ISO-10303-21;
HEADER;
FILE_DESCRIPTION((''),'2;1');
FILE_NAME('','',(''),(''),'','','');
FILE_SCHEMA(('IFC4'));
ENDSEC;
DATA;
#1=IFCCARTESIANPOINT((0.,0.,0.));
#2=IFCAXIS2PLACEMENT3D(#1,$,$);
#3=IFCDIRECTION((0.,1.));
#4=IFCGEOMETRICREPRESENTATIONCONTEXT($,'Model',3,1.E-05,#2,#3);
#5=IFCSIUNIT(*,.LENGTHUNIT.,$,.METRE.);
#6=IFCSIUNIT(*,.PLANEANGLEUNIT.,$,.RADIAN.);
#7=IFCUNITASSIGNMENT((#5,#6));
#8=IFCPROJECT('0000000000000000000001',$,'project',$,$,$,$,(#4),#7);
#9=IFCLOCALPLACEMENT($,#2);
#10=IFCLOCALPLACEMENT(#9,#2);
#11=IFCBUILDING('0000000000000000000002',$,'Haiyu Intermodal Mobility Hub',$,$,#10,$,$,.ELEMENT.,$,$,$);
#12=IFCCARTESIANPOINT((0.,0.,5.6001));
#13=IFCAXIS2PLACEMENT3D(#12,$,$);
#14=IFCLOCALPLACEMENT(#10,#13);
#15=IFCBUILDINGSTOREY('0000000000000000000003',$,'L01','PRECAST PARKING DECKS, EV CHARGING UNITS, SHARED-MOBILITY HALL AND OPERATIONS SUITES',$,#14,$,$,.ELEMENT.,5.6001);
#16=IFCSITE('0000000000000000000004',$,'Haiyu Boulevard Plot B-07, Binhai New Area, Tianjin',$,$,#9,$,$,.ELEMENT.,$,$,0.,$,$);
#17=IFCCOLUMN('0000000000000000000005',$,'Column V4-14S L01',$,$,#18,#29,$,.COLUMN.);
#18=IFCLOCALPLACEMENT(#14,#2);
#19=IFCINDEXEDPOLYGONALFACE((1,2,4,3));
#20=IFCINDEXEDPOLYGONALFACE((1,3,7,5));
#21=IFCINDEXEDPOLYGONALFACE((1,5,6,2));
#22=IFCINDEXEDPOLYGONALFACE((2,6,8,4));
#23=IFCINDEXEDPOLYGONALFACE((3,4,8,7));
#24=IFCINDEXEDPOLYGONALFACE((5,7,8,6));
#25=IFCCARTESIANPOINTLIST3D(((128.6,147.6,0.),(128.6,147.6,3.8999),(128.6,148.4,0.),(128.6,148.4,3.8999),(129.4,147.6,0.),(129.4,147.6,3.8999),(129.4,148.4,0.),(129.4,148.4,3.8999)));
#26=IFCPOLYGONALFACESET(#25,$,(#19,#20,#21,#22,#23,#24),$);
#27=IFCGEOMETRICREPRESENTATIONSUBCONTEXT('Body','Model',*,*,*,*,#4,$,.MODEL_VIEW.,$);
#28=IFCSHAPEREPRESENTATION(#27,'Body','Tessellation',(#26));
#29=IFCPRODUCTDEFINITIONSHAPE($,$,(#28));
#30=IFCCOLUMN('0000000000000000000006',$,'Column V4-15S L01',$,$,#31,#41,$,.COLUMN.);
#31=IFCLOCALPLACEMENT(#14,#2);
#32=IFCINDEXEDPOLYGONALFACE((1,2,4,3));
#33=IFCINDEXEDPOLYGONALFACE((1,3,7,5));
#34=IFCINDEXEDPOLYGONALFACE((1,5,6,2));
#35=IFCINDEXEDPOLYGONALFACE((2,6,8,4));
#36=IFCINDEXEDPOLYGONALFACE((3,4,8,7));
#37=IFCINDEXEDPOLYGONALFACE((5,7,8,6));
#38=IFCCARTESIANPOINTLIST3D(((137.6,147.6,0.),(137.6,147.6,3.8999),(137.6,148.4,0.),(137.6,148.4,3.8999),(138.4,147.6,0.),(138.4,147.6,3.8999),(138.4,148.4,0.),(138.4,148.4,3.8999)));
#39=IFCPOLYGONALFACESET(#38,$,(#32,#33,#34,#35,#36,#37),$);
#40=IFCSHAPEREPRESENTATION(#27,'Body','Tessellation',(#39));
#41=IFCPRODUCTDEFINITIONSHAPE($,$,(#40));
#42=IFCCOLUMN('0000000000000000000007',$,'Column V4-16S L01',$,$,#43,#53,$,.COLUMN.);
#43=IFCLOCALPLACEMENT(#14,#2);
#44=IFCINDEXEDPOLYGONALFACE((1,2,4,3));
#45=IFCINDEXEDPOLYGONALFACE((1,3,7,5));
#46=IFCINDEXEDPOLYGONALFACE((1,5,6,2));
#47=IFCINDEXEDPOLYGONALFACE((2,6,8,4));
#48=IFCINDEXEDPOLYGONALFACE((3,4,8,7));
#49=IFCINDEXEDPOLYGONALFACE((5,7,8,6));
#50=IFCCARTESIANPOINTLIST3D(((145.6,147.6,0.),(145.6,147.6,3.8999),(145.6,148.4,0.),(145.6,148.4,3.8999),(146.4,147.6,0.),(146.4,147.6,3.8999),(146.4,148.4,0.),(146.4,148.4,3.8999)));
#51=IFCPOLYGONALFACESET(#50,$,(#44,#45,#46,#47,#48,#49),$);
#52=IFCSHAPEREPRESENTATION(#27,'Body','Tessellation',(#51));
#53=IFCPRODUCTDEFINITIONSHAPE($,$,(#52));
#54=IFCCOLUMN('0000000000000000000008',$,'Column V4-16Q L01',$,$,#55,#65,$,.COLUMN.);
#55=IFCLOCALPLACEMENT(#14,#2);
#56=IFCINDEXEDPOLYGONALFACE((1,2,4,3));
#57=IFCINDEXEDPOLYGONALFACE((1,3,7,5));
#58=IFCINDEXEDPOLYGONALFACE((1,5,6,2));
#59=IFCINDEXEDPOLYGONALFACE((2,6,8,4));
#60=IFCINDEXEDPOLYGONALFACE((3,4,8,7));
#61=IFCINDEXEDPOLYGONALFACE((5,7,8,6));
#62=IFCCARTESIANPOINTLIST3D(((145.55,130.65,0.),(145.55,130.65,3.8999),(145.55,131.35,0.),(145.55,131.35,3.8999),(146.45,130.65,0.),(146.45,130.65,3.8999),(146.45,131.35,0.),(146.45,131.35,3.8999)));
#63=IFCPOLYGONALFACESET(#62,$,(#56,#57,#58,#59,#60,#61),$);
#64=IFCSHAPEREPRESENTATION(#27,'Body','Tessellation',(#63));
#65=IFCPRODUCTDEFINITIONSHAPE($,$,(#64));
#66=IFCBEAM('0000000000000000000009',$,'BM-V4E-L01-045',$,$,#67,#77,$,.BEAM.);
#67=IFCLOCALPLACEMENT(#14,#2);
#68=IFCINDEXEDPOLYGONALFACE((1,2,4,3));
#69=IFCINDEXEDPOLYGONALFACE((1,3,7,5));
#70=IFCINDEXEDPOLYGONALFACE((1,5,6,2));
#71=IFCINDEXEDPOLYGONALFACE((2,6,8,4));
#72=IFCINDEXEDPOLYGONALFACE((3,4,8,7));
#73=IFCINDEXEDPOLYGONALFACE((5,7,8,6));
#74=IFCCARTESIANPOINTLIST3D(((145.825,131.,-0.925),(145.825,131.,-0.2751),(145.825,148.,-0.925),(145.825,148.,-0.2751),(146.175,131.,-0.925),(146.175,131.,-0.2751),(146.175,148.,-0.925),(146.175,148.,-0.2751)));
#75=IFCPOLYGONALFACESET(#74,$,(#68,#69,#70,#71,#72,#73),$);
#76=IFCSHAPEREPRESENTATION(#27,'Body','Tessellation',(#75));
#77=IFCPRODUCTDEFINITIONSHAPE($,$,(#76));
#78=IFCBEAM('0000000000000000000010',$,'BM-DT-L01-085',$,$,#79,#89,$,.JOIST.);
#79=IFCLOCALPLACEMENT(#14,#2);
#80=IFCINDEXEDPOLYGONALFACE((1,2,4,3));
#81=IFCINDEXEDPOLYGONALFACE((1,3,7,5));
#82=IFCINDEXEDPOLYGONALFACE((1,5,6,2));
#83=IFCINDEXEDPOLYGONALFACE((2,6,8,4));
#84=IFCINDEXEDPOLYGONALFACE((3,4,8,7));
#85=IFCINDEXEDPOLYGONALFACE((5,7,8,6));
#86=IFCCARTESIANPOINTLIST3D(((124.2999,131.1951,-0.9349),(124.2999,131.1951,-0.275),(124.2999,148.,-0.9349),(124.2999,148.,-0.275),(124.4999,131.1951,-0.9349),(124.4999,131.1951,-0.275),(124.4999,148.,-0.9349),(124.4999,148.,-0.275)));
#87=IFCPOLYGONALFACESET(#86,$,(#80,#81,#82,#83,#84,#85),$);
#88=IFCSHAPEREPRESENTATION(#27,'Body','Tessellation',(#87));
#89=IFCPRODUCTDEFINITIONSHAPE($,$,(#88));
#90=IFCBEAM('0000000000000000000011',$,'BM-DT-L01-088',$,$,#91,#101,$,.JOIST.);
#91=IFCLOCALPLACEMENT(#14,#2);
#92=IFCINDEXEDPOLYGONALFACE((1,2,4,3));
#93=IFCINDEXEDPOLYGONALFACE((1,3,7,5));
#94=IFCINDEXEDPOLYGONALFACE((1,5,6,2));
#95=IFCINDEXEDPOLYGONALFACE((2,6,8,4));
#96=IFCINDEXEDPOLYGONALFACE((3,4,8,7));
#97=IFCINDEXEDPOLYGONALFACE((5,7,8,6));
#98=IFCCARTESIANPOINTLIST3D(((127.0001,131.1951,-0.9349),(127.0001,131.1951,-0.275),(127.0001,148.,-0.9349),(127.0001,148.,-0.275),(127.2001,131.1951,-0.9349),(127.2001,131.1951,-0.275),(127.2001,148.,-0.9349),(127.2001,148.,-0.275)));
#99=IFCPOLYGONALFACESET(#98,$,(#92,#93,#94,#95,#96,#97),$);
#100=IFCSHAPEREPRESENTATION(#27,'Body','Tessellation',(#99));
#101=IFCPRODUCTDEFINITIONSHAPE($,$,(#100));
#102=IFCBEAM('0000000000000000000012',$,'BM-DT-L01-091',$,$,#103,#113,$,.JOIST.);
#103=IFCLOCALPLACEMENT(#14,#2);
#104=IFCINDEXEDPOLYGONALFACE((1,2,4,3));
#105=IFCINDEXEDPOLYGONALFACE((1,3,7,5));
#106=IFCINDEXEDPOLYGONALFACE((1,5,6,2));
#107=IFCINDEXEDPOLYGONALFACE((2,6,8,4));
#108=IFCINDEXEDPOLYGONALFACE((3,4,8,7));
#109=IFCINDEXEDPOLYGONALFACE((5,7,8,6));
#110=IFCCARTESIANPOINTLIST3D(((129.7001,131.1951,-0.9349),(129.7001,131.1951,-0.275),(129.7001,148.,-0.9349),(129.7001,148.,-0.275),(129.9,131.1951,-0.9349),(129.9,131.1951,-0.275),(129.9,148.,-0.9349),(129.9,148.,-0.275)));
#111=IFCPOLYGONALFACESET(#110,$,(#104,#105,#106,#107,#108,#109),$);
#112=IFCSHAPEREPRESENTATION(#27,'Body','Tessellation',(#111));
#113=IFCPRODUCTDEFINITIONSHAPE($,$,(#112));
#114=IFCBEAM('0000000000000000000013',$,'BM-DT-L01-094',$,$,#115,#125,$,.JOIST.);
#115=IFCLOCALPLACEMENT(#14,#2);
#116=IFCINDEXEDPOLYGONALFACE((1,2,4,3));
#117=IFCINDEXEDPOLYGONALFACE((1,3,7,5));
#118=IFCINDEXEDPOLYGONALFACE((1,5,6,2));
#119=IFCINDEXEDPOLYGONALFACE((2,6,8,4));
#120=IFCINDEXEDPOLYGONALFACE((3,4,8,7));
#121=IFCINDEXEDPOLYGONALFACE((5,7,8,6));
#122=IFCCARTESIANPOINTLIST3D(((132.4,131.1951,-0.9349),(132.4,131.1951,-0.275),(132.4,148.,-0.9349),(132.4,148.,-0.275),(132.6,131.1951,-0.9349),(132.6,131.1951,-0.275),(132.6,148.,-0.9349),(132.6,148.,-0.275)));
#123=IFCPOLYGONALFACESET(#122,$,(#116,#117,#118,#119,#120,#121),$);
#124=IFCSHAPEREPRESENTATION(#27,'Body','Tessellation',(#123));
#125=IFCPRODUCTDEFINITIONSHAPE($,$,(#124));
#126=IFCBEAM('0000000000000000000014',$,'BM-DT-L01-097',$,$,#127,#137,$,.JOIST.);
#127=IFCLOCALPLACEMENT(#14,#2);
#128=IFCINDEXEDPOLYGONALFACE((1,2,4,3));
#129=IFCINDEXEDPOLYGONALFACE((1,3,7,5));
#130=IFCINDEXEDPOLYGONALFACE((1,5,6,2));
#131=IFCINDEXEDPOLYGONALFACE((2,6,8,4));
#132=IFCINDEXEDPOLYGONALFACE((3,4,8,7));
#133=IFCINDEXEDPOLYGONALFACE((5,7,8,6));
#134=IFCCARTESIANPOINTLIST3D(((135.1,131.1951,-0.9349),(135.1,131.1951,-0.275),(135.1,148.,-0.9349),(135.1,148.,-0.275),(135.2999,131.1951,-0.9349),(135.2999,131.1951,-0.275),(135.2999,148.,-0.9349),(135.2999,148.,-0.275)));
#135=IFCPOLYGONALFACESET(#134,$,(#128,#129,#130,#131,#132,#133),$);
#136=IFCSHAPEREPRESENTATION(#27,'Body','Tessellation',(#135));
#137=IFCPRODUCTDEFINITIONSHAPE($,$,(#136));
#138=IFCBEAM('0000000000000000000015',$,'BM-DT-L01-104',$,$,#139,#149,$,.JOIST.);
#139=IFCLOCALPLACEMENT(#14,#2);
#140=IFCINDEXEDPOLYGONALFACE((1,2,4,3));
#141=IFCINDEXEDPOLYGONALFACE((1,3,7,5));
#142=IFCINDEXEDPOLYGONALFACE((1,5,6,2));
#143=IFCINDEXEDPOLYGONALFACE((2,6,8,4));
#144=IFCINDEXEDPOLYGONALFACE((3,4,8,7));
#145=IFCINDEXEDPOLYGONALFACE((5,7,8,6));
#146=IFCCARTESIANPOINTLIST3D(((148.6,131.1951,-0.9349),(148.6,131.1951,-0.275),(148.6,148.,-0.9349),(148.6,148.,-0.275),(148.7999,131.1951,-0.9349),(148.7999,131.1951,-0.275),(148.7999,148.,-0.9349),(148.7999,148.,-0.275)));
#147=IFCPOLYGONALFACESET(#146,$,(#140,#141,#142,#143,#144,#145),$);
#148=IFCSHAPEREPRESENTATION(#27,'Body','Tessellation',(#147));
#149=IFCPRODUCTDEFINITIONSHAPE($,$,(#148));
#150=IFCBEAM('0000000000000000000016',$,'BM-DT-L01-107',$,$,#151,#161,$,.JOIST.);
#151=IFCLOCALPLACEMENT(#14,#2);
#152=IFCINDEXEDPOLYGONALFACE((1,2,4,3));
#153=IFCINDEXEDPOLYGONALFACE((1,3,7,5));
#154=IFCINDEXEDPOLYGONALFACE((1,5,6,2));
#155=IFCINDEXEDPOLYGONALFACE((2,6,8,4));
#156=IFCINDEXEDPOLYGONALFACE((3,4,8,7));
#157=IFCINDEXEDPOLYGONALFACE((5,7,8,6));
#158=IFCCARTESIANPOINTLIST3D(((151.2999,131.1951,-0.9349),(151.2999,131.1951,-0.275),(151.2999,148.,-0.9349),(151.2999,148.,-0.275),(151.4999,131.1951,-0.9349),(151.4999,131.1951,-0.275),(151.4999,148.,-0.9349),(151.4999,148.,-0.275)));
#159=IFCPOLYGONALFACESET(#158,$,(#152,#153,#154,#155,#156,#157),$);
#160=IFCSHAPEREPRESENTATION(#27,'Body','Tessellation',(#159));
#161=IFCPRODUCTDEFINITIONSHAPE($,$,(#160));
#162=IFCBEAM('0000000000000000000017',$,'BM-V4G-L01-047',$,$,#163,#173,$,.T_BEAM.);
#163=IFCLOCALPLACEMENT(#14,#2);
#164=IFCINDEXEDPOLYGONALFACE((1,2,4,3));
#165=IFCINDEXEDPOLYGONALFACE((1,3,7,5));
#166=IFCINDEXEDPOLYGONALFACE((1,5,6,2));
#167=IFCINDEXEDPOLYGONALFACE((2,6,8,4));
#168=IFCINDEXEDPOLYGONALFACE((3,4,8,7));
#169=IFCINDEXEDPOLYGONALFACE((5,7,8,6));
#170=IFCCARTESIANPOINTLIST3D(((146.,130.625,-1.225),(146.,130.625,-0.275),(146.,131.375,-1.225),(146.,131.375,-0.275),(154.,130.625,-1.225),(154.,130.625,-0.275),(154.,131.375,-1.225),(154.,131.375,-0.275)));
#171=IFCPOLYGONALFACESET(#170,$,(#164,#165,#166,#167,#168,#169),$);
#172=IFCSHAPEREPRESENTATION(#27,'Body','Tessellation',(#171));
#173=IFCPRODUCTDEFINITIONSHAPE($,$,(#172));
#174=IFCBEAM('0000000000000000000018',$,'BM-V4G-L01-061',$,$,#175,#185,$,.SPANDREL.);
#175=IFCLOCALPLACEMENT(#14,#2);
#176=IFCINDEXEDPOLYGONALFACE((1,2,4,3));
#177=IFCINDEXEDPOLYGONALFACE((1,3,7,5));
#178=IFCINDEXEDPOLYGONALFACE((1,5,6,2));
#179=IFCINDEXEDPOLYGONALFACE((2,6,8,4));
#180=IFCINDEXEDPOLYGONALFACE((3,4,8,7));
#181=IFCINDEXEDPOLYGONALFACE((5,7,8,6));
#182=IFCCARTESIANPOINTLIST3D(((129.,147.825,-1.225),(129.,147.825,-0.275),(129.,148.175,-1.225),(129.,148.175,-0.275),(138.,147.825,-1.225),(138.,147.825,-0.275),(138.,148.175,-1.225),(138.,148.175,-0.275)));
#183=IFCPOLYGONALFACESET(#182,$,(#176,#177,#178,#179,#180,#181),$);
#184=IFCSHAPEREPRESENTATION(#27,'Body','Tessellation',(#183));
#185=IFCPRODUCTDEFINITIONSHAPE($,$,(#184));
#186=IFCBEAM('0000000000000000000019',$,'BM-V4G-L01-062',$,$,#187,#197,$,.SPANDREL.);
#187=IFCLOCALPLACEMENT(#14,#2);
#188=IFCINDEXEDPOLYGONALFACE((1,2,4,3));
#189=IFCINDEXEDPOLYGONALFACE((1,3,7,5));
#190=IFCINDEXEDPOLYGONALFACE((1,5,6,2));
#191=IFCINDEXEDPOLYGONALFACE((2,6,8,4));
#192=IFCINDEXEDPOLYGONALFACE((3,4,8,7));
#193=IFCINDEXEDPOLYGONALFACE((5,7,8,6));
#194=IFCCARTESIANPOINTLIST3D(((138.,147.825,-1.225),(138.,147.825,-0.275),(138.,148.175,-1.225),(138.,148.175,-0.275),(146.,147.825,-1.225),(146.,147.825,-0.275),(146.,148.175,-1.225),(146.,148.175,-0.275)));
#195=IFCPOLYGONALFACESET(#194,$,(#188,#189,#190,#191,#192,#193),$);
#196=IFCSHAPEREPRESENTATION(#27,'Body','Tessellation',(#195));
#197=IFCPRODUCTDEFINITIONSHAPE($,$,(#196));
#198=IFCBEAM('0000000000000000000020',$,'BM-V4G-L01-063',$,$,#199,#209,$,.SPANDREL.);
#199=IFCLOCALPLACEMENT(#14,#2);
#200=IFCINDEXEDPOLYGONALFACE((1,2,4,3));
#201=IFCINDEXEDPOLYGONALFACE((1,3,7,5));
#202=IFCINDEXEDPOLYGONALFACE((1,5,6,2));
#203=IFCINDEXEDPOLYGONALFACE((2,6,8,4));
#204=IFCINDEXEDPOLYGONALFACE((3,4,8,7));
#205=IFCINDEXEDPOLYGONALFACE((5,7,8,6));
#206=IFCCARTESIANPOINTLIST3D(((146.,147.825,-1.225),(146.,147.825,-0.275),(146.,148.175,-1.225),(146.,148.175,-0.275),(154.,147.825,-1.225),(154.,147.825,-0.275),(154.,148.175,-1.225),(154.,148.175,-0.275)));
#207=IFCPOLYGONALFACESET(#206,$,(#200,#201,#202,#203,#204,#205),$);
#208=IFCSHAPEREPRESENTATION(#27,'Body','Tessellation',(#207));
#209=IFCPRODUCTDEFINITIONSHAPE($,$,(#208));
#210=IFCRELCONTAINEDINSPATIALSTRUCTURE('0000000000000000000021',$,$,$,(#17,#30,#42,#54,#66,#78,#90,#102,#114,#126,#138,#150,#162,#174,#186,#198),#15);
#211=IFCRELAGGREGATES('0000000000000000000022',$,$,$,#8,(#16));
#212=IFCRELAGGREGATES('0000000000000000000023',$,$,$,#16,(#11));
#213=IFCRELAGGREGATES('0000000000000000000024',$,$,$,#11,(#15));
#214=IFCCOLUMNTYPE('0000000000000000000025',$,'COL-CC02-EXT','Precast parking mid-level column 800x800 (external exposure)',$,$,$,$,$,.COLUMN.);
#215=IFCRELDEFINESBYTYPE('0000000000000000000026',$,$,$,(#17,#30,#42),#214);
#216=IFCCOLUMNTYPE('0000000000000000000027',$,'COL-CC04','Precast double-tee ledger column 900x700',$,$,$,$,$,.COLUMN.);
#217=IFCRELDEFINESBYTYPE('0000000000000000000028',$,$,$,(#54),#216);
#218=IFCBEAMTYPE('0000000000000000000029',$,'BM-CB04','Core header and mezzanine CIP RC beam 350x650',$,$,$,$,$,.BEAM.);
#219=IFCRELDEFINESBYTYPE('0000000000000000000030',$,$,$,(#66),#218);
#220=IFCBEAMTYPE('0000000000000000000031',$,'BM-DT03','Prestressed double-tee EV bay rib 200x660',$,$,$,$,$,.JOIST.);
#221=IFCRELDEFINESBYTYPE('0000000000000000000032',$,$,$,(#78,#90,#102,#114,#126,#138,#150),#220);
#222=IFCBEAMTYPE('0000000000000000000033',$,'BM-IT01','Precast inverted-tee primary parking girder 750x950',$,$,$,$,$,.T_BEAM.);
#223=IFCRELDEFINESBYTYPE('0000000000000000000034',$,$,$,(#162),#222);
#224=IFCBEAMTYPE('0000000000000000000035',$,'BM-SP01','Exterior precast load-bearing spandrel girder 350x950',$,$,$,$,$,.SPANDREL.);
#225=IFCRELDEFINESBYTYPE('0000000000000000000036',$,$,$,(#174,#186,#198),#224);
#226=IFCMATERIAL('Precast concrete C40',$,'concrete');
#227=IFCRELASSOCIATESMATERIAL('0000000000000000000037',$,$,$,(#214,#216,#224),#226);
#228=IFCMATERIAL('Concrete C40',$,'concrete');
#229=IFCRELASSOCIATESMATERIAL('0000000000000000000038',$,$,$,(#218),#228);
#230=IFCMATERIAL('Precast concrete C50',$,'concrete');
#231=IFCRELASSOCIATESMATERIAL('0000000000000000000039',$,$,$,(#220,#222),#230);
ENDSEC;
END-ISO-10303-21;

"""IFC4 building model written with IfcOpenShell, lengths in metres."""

from ifc_helpers import new_model, si_unit, direction, frame, origin, origin_2d, place, context, subcontext, project, spatial, rectangle, extrude, material, material_profile, profile_set, type_object, element, save


model = new_model("IFC4")

# Units and contexts
model_context = context("Model", 3, precision=1e-05, world=origin(), true_north=direction((0.0, 1.0)))
body_context = subcontext(model_context, "Body", "Model", "MODEL_VIEW")
ifc_project = project(units=[si_unit("LENGTHUNIT", "METRE"), si_unit("PLANEANGLEUNIT", "RADIAN")], contexts=[model_context])

# Site, building, storey
site_placement = place(None, origin())
site = spatial("IfcSite", under=ifc_project, at=site_placement, Name="Haiyu Boulevard Plot B-07, Binhai New Area, Tianjin", CompositionType="ELEMENT", RefElevation=0.0)
building_placement = place(site_placement, origin())
building = spatial("IfcBuilding", under=site, at=building_placement, Name="Haiyu Intermodal Mobility Hub", CompositionType="ELEMENT")
storey_placement = place(building_placement, frame((0.0, 0.0, 5.6001)))
storey = spatial("IfcBuildingStorey", under=building, at=storey_placement, Name="L01", Description="PRECAST PARKING DECKS, EV CHARGING UNITS, SHARED-MOBILITY HALL AND OPERATIONS SUITES", CompositionType="ELEMENT", Elevation=5.6001)

# Columns
ifc_material_1 = material(Name="Precast concrete C40", Category="concrete")
ifc_material_profile_1 = material_profile(ifc_material_1, rectangle(XDim=0.8, YDim=0.8, at=origin_2d()), Name="RC800x800")
ifc_profile_set_1 = profile_set([ifc_material_profile_1], Name="Precast concrete C40")
column_type_1 = type_object("IfcColumnType", Name="COL-CC02-EXT", Description="Precast parking mid-level column 800x800 (external exposure)", PredefinedType="COLUMN", material=ifc_profile_set_1)
for number, where, z_axis, x_axis, name in (
    (1, (129.0, 148.0, 0.0), (0.0, 0.0, 1.0), (1.0, 0.0, 0.0), "Column V4-14S L01"),
    (2, (138.0, 148.0, 0.0), (0.0, 0.0, 1.0), (1.0, 0.0, 0.0), "Column V4-15S L01"),
    (3, (146.0, 148.0, 0.0), (0.0, 0.0, 1.0), (1.0, 0.0, 0.0), "Column V4-16S L01"),
):
    element("IfcColumn", number, at=place(storey_placement, frame(where, z_axis=z_axis, x_axis=x_axis)), inside=storey, type_object=column_type_1, Name=name, PredefinedType="COLUMN", context=body_context, shape_type="SweptSolid", body=[
        extrude(rectangle(XDim=0.8, YDim=0.8, at=origin_2d()), origin(), (0.0, 0.0, 1.0), 3.8999),
    ])
ifc_material_profile_2 = material_profile(ifc_material_1, rectangle(XDim=0.8999, YDim=0.7, at=origin_2d()), Name="RC900x700")
ifc_profile_set_2 = profile_set([ifc_material_profile_2], Name="Precast concrete C40")
column_type_2 = type_object("IfcColumnType", Name="COL-CC04", Description="Precast double-tee ledger column 900x700", PredefinedType="COLUMN", material=ifc_profile_set_2)
column_placement = place(storey_placement, frame((146.0, 131.0, 0.0), z_axis=(0.0, 0.0, 1.0), x_axis=(1.0, 0.0, 0.0)))
element("IfcColumn", 4, at=column_placement, inside=storey, type_object=column_type_2, Name="Column V4-16Q L01", PredefinedType="COLUMN", context=body_context, shape_type="SweptSolid", body=[
    extrude(rectangle(XDim=0.8999, YDim=0.7, at=origin_2d()), origin(), (0.0, 0.0, 1.0), 3.8999),
])

# Beams
ifc_material_2 = material(Name="Concrete C40", Category="concrete")
ifc_material_profile_3 = material_profile(ifc_material_2, rectangle(XDim=0.3501, YDim=0.6499, at=origin_2d()), Name="RCB350x650")
ifc_profile_set_3 = profile_set([ifc_material_profile_3], Name="Concrete C40")
beam_type_1 = type_object("IfcBeamType", Name="BM-CB04", Description="Core header and mezzanine CIP RC beam 350x650", PredefinedType="BEAM", material=ifc_profile_set_3)
beam_1_placement = place(storey_placement, frame((146.0, 131.0, -0.6001), z_axis=(0.0, 1.0, 0.0), x_axis=(-1.0, 0.0, 0.0)))
element("IfcBeam", 5, at=beam_1_placement, inside=storey, type_object=beam_type_1, Name="BM-V4E-L01-045", PredefinedType="BEAM", context=body_context, shape_type="SweptSolid", body=[
    extrude(rectangle(XDim=0.3501, YDim=0.6499, at=origin_2d()), origin(), (0.0, 0.0, 1.0), 17.0),
])
ifc_material_3 = material(Name="Precast concrete C50", Category="concrete")
ifc_material_profile_4 = material_profile(ifc_material_3, rectangle(XDim=0.2, YDim=0.6599, at=origin_2d()), Name="PC200x660")
ifc_profile_set_4 = profile_set([ifc_material_profile_4], Name="Precast concrete C50")
beam_type_2 = type_object("IfcBeamType", Name="BM-DT03", Description="Prestressed double-tee EV bay rib 200x660", PredefinedType="JOIST", material=ifc_profile_set_4)
for number, where, z_axis, x_axis, name in (
    (6, (124.3999, 131.1951, -0.605), (0.0, 1.0, 0.0), (-1.0, 0.0, 0.0), "BM-DT-L01-085"),
    (7, (127.1001, 131.1951, -0.605), (0.0, 1.0, 0.0), (-1.0, 0.0, 0.0), "BM-DT-L01-088"),
    (8, (129.8, 131.1951, -0.605), (0.0, 1.0, 0.0), (-1.0, 0.0, 0.0), "BM-DT-L01-091"),
    (9, (132.5, 131.1951, -0.605), (0.0, 1.0, 0.0), (-1.0, 0.0, 0.0), "BM-DT-L01-094"),
    (10, (135.2, 131.1951, -0.605), (0.0, 1.0, 0.0), (-1.0, 0.0, 0.0), "BM-DT-L01-097"),
    (11, (148.7, 131.1951, -0.605), (0.0, 1.0, 0.0), (-1.0, 0.0, 0.0), "BM-DT-L01-104"),
    (12, (151.3999, 131.1951, -0.605), (0.0, 1.0, 0.0), (-1.0, 0.0, 0.0), "BM-DT-L01-107"),
):
    element("IfcBeam", number, at=place(storey_placement, frame(where, z_axis=z_axis, x_axis=x_axis)), inside=storey, type_object=beam_type_2, Name=name, PredefinedType="JOIST", context=body_context, shape_type="SweptSolid", body=[
        extrude(rectangle(XDim=0.2, YDim=0.6599, at=origin_2d()), origin(), (0.0, 0.0, 1.0), 16.8049),
    ])
ifc_material_profile_5 = material_profile(ifc_material_3, rectangle(XDim=0.75, YDim=0.95, at=origin_2d()), Name="PC750x950")
ifc_profile_set_5 = profile_set([ifc_material_profile_5], Name="Precast concrete C50")
beam_type_3 = type_object("IfcBeamType", Name="BM-IT01", Description="Precast inverted-tee primary parking girder 750x950", PredefinedType="T_BEAM", material=ifc_profile_set_5)
beam_2_placement = place(storey_placement, frame((146.0, 131.0, -0.75), z_axis=(1.0, 0.0, 0.0), x_axis=(0.0, 1.0, 0.0)))
element("IfcBeam", 13, at=beam_2_placement, inside=storey, type_object=beam_type_3, Name="BM-V4G-L01-047", PredefinedType="T_BEAM", context=body_context, shape_type="SweptSolid", body=[
    extrude(rectangle(XDim=0.75, YDim=0.95, at=origin_2d()), origin(), (0.0, 0.0, 1.0), 8.0),
])
ifc_material_profile_6 = material_profile(ifc_material_1, rectangle(XDim=0.3501, YDim=0.95, at=origin_2d()), Name="PC350x950")
ifc_profile_set_6 = profile_set([ifc_material_profile_6], Name="Precast concrete C40")
beam_type_4 = type_object("IfcBeamType", Name="BM-SP01", Description="Exterior precast load-bearing spandrel girder 350x950", PredefinedType="SPANDREL", material=ifc_profile_set_6)
beam_3_placement = place(storey_placement, frame((129.0, 148.0, -0.75), z_axis=(1.0, 0.0, 0.0), x_axis=(0.0, 1.0, 0.0)))
element("IfcBeam", 14, at=beam_3_placement, inside=storey, type_object=beam_type_4, Name="BM-V4G-L01-061", PredefinedType="SPANDREL", context=body_context, shape_type="SweptSolid", body=[
    extrude(rectangle(XDim=0.3501, YDim=0.95, at=origin_2d()), origin(), (0.0, 0.0, 1.0), 9.0),
])
for number, where, z_axis, x_axis, name in (
    (15, (138.0, 148.0, -0.75), (1.0, 0.0, 0.0), (0.0, 1.0, 0.0), "BM-V4G-L01-062"),
    (16, (146.0, 148.0, -0.75), (1.0, 0.0, 0.0), (0.0, 1.0, 0.0), "BM-V4G-L01-063"),
):
    element("IfcBeam", number, at=place(storey_placement, frame(where, z_axis=z_axis, x_axis=x_axis)), inside=storey, type_object=beam_type_4, Name=name, PredefinedType="SPANDREL", context=body_context, shape_type="SweptSolid", body=[
        extrude(rectangle(XDim=0.3501, YDim=0.95, at=origin_2d()), origin(), (0.0, 0.0, 1.0), 8.0),
    ])

save(model, "model.ifc")
